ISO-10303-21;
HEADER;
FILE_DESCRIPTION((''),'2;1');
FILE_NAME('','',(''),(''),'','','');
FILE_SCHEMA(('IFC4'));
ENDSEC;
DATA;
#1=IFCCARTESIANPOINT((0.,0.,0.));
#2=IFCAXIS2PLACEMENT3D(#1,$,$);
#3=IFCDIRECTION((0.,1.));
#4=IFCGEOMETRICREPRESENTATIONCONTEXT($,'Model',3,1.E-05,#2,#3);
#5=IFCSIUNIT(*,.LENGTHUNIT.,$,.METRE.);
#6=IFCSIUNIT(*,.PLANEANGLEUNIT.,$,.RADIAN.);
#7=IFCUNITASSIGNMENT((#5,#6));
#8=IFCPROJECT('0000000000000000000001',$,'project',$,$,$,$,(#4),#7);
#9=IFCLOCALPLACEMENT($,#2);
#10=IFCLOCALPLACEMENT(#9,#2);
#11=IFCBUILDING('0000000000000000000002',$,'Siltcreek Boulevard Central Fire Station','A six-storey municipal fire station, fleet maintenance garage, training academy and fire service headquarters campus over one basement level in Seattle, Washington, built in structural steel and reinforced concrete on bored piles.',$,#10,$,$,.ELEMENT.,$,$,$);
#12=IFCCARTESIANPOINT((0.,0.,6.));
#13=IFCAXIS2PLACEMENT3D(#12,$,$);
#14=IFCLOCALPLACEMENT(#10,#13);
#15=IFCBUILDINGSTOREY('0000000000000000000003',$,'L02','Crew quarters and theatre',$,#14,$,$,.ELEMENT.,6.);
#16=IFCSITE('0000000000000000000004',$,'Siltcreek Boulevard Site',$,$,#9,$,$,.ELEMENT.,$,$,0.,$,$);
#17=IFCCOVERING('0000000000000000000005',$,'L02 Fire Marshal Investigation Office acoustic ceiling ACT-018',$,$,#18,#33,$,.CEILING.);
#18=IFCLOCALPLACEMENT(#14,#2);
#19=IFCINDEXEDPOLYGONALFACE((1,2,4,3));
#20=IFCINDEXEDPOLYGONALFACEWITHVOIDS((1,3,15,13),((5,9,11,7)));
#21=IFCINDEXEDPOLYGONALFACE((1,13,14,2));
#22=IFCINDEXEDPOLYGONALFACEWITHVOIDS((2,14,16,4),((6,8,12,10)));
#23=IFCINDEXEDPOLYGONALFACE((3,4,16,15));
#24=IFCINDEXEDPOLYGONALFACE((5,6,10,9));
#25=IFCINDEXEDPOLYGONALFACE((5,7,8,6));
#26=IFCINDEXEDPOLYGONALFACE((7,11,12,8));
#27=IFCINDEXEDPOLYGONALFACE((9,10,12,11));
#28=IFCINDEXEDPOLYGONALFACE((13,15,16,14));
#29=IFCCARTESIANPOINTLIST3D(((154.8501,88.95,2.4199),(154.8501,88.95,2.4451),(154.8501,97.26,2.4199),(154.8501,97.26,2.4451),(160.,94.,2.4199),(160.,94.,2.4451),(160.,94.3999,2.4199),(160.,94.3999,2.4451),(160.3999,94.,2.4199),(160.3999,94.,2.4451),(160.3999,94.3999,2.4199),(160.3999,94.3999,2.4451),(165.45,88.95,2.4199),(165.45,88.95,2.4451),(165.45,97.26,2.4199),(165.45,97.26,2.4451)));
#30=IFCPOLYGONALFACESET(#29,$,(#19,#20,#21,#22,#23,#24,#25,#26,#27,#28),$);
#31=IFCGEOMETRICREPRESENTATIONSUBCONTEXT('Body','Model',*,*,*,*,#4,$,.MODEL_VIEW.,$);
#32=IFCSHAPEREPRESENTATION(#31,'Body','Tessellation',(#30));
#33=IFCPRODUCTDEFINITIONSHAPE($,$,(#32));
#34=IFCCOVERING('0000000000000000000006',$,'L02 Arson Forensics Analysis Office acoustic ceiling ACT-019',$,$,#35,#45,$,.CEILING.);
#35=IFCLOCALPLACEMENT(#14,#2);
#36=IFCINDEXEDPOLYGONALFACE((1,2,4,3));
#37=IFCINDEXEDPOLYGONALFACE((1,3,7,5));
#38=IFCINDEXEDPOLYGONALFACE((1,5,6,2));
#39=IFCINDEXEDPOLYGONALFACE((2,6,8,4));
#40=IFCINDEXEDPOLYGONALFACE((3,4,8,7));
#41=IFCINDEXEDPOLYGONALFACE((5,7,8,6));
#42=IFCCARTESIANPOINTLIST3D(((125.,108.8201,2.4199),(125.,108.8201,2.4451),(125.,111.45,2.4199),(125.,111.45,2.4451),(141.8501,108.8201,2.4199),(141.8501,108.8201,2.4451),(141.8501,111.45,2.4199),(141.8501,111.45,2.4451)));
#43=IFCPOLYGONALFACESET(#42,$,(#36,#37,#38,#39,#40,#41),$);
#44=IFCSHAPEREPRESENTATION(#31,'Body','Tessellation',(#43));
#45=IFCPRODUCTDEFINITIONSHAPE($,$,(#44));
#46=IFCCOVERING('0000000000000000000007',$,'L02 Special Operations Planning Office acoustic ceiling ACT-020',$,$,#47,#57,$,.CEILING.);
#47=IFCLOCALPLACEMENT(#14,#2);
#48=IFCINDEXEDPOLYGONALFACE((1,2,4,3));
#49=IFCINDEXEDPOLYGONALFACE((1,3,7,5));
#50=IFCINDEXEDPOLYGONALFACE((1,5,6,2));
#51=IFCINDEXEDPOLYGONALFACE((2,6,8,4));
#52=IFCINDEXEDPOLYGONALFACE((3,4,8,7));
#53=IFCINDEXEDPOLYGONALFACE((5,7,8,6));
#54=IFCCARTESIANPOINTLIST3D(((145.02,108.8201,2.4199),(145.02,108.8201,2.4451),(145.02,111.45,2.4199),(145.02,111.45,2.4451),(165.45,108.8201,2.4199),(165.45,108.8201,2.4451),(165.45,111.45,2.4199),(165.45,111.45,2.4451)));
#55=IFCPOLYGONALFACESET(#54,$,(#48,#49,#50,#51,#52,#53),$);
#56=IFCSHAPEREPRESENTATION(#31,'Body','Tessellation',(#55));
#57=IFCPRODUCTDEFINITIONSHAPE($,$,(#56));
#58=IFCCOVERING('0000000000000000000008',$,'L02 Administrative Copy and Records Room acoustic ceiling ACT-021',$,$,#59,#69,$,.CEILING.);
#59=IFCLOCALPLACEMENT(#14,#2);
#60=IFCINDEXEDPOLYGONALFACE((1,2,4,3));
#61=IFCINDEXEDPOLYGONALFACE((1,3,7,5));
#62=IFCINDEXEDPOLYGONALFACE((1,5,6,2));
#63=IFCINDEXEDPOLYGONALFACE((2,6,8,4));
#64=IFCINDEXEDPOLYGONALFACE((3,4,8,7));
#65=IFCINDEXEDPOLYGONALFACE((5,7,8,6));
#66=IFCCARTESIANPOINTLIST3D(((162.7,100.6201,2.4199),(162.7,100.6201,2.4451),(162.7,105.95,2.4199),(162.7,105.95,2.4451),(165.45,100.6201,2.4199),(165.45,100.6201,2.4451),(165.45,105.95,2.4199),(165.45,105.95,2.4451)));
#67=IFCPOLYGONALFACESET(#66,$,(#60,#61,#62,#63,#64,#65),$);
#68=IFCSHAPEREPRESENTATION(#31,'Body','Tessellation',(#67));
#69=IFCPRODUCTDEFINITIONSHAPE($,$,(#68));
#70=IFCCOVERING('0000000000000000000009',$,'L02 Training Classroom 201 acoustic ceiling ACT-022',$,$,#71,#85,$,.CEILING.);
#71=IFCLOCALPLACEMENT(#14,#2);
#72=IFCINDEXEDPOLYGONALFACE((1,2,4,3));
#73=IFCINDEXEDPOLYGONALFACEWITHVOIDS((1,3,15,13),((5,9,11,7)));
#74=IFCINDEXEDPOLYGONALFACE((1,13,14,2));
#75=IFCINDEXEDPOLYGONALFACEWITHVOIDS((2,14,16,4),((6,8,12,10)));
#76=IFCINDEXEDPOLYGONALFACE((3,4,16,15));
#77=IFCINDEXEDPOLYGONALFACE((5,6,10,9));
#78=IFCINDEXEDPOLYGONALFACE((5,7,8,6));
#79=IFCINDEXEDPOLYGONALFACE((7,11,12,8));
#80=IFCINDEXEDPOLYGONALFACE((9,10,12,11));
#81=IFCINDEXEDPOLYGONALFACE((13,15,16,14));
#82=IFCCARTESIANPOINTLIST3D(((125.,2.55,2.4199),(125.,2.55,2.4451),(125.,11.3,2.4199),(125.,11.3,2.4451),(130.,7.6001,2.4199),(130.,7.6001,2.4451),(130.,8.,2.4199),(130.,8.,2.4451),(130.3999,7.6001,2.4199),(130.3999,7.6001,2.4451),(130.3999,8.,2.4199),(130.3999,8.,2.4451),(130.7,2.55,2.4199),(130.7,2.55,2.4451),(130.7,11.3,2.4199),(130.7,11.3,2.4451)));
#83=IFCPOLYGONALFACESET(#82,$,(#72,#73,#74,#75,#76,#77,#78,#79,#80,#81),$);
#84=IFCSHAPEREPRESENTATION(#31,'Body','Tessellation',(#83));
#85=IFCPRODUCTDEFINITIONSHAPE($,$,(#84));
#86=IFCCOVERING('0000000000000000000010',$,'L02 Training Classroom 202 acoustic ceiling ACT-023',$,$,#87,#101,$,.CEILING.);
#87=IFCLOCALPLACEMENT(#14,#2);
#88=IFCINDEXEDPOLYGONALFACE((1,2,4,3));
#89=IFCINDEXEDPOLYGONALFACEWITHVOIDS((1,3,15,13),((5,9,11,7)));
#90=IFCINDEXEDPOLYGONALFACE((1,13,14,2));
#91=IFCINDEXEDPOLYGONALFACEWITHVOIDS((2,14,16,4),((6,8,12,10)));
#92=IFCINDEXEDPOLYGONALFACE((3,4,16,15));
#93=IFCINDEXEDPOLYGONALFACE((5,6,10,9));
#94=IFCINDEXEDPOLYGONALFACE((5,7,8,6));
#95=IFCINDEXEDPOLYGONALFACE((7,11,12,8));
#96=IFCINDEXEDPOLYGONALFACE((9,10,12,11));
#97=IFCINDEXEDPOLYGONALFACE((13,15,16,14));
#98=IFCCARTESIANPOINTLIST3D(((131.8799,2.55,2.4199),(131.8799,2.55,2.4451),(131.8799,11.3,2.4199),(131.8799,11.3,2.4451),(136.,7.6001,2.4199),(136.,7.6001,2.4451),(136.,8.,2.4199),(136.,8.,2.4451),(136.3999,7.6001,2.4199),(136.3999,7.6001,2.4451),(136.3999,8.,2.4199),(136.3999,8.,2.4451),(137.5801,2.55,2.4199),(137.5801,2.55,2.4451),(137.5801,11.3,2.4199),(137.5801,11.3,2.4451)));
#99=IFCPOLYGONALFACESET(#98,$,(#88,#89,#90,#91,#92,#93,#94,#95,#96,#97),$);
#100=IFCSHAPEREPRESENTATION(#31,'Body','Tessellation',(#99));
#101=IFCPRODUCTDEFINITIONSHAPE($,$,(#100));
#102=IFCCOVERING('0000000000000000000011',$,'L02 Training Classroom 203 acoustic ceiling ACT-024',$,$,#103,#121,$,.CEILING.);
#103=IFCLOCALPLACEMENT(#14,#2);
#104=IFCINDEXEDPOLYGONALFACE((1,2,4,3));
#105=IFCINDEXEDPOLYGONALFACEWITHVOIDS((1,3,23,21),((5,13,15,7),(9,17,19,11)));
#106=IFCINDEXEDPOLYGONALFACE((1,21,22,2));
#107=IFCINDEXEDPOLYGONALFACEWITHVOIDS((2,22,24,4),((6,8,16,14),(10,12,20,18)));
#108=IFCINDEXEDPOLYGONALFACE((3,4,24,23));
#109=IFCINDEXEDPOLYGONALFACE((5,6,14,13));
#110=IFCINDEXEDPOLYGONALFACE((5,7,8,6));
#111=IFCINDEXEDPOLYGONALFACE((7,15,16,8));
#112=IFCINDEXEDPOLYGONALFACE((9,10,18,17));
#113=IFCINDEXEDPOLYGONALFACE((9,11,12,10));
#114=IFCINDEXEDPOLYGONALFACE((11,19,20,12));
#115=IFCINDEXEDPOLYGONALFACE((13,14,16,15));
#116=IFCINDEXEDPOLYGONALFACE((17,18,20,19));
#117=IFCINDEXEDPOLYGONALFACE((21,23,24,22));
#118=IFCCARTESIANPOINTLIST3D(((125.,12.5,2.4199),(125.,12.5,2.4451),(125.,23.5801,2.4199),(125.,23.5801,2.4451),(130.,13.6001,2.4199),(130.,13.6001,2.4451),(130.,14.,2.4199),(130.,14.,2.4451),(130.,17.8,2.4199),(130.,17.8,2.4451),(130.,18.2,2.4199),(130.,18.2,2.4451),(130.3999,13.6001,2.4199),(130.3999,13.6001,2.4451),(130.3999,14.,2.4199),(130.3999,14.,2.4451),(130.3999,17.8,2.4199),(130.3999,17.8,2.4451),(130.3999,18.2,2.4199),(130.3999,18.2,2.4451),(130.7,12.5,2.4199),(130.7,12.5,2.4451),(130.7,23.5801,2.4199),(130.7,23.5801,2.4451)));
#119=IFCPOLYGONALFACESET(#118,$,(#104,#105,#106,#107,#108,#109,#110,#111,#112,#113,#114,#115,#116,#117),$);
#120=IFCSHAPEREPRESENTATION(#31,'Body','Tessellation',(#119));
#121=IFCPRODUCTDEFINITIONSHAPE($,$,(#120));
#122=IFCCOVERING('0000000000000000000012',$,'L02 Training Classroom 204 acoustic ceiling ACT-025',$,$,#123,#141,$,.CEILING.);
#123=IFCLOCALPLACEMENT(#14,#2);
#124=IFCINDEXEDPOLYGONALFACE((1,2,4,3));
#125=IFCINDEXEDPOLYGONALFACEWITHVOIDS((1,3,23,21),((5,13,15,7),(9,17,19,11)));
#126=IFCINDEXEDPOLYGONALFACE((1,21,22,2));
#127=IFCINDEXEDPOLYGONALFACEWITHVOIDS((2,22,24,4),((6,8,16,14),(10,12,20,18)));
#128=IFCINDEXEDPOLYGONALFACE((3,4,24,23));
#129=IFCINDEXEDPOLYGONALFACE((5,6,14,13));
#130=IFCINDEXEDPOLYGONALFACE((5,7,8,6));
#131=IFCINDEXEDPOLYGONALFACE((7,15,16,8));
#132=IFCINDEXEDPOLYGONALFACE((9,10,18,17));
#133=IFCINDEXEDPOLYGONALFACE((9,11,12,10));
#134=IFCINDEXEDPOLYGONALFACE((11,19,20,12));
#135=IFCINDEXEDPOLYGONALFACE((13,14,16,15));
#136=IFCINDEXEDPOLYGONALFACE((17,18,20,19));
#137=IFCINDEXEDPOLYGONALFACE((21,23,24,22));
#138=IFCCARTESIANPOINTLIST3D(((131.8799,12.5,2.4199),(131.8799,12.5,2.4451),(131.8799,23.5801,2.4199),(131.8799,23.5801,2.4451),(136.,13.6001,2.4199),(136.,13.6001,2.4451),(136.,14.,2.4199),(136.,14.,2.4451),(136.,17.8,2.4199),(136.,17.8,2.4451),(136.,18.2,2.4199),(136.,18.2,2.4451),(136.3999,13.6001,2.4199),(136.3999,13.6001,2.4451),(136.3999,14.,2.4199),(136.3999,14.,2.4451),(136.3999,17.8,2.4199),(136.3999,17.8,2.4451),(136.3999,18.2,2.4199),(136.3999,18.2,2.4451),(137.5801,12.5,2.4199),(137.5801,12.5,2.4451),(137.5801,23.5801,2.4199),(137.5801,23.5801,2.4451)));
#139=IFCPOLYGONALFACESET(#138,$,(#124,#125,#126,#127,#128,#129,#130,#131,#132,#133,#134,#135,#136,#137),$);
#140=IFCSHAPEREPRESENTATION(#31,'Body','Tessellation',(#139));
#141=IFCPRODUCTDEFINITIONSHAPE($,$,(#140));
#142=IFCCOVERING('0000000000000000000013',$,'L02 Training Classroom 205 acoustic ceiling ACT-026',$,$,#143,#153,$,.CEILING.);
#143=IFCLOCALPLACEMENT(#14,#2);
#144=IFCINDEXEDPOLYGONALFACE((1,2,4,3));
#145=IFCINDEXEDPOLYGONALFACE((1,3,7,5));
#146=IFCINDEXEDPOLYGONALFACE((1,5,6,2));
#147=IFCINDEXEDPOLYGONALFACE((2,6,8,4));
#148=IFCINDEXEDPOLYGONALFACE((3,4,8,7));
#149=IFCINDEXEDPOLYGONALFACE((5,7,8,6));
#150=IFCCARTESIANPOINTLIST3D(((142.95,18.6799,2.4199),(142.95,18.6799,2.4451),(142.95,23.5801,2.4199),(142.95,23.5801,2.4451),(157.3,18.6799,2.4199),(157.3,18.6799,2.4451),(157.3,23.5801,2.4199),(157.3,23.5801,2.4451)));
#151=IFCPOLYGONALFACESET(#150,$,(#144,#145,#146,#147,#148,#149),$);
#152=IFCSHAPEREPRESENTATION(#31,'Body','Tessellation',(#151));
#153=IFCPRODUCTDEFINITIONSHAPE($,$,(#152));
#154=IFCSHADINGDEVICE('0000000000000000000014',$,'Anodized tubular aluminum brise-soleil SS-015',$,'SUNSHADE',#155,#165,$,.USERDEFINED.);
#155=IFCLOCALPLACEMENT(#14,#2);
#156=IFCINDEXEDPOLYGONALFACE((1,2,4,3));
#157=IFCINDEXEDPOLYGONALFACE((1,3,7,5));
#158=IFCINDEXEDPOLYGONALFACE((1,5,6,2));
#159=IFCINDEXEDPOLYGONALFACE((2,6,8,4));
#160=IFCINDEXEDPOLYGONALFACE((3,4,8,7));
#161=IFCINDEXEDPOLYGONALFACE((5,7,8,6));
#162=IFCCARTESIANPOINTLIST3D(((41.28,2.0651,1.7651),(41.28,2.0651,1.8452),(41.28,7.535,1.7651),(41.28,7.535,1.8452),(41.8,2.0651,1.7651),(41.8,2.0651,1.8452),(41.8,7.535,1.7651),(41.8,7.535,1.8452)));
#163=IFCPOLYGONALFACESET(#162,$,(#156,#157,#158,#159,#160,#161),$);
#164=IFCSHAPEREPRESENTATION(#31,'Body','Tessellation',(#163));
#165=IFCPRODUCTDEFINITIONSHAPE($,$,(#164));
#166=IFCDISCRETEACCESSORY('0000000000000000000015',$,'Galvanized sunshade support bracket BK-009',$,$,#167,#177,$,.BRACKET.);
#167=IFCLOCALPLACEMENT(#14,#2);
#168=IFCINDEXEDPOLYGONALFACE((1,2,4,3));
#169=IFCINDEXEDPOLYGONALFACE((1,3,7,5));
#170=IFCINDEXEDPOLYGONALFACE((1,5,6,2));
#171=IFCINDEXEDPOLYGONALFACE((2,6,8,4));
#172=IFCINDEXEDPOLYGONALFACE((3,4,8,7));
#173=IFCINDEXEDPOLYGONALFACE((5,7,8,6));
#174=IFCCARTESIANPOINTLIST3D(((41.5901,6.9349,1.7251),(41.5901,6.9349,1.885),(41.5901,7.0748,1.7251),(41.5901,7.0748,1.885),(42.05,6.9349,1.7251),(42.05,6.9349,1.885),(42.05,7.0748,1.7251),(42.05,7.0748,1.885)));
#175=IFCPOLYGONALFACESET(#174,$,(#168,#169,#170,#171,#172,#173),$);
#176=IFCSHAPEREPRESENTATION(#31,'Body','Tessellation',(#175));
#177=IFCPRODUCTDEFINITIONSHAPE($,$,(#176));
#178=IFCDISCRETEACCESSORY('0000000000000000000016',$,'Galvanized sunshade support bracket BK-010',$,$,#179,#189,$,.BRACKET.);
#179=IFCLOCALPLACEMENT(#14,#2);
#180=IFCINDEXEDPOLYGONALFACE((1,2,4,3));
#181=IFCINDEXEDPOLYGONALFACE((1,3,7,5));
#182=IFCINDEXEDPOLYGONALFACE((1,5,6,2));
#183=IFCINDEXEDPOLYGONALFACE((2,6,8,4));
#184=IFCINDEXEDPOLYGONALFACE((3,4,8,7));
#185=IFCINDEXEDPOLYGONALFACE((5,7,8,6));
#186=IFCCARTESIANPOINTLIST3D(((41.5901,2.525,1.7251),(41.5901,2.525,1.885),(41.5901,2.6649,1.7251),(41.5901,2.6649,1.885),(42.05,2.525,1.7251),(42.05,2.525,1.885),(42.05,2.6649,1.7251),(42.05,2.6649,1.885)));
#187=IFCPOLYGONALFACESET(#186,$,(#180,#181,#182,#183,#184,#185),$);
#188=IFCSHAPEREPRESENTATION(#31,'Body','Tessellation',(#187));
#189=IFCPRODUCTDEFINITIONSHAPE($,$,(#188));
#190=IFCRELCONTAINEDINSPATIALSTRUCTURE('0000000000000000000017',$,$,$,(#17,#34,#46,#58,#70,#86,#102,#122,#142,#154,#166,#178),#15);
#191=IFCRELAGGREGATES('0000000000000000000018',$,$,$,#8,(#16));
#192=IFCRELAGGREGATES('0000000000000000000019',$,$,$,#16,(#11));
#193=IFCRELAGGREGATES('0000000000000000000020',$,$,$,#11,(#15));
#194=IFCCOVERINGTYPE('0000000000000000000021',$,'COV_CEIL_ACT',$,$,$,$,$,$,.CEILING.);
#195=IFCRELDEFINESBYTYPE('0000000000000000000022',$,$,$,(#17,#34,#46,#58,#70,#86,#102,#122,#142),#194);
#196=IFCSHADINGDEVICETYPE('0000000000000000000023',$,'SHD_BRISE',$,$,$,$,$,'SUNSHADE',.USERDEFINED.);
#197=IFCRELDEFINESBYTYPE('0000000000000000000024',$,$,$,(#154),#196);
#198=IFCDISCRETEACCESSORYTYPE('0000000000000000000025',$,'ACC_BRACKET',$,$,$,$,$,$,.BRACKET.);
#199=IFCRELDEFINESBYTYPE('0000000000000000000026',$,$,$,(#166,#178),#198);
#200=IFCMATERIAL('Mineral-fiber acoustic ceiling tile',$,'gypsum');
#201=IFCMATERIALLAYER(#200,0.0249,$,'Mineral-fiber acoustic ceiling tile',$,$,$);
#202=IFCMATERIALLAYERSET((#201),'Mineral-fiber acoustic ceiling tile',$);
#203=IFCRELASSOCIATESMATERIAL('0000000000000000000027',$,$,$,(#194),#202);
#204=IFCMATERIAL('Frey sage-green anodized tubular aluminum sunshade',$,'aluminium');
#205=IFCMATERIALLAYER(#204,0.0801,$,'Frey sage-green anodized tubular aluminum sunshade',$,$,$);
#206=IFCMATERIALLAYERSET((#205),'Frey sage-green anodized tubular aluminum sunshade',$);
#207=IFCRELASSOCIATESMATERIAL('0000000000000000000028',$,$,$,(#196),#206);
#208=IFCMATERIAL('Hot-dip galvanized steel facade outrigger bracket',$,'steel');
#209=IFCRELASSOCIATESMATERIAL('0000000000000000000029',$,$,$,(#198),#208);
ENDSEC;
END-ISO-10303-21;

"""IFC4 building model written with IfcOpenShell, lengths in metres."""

from ifc_helpers import new_model, si_unit, direction, frame, origin, origin_2d, place, context, subcontext, project, spatial, polyline, rectangle, outline, extrude, material, layer, layer_set, type_object, element, save


model = new_model("IFC4")

# Units and contexts
model_context = context("Model", 3, precision=1e-05, world=origin(), true_north=direction((0.0, 1.0)))
body_context = subcontext(model_context, "Body", "Model", "MODEL_VIEW")
ifc_project = project(units=[si_unit("LENGTHUNIT", "METRE"), si_unit("PLANEANGLEUNIT", "RADIAN")], contexts=[model_context])

# Site, building, storey
site_placement = place(None, origin())
site = spatial("IfcSite", under=ifc_project, at=site_placement, Name="Siltcreek Boulevard Site", CompositionType="ELEMENT", RefElevation=0.0)
building_placement = place(site_placement, origin())
building = spatial("IfcBuilding", under=site, at=building_placement, Name="Siltcreek Boulevard Central Fire Station", Description="A six-storey municipal fire station, fleet maintenance garage, training academy and fire service headquarters campus over one basement level in Seattle, Washington, built in structural steel and reinforced concrete on bored piles.", CompositionType="ELEMENT")
storey_placement = place(building_placement, frame((0.0, 0.0, 6.0)))
storey = spatial("IfcBuildingStorey", under=building, at=storey_placement, Name="L02", Description="Crew quarters and theatre", CompositionType="ELEMENT", Elevation=6.0)

# Coverings
ifc_material_1 = material(Name="Mineral-fiber acoustic ceiling tile", Category="gypsum")
ifc_layer_1 = layer(ifc_material_1, 0.0249, Name="Mineral-fiber acoustic ceiling tile")
ifc_layer_set_1 = layer_set([ifc_layer_1], Name="Mineral-fiber acoustic ceiling tile")
covering_type = type_object("IfcCoveringType", Name="COV_CEIL_ACT", PredefinedType="CEILING", material=ifc_layer_set_1)
covering_1_placement = place(storey_placement, frame((0.0, 0.0, 2.4199)))
element("IfcCovering", 1, at=covering_1_placement, inside=storey, type_object=covering_type, Name="L02 Fire Marshal Investigation Office acoustic ceiling ACT-018", PredefinedType="CEILING", context=body_context, shape_type="SweptSolid", body=[
    extrude(outline(polyline([(154.8501, 88.95), (165.45, 88.95), (165.45, 97.26), (154.8501, 97.26), (154.8501, 88.95)]), holes=[polyline([(160.0, 94.0), (160.3999, 94.0), (160.3999, 94.3999), (160.0, 94.3999), (160.0, 94.0)])]), origin(), (0.0, 0.0, 1.0), 0.0251),
])
covering_2_placement = place(storey_placement, frame((0.0, 0.0, 2.4199)))
element("IfcCovering", 2, at=covering_2_placement, inside=storey, type_object=covering_type, Name="L02 Arson Forensics Analysis Office acoustic ceiling ACT-019", PredefinedType="CEILING", context=body_context, shape_type="SweptSolid", body=[
    extrude(outline(polyline([(125.0, 108.8201), (141.8501, 108.8201), (141.8501, 111.45), (125.0, 111.45), (125.0, 108.8201)])), origin(), (0.0, 0.0, 1.0), 0.0251),
])
covering_3_placement = place(storey_placement, frame((0.0, 0.0, 2.4199)))
element("IfcCovering", 3, at=covering_3_placement, inside=storey, type_object=covering_type, Name="L02 Special Operations Planning Office acoustic ceiling ACT-020", PredefinedType="CEILING", context=body_context, shape_type="SweptSolid", body=[
    extrude(outline(polyline([(145.02, 108.8201), (165.45, 108.8201), (165.45, 111.45), (145.02, 111.45), (145.02, 108.8201)])), origin(), (0.0, 0.0, 1.0), 0.0251),
])
covering_4_placement = place(storey_placement, frame((0.0, 0.0, 2.4199)))
element("IfcCovering", 4, at=covering_4_placement, inside=storey, type_object=covering_type, Name="L02 Administrative Copy and Records Room acoustic ceiling ACT-021", PredefinedType="CEILING", context=body_context, shape_type="SweptSolid", body=[
    extrude(outline(polyline([(162.7, 100.6201), (165.45, 100.6201), (165.45, 105.95), (162.7, 105.95), (162.7, 100.6201)])), origin(), (0.0, 0.0, 1.0), 0.0251),
])
covering_5_placement = place(storey_placement, frame((0.0, 0.0, 2.4199)))
element("IfcCovering", 5, at=covering_5_placement, inside=storey, type_object=covering_type, Name="L02 Training Classroom 201 acoustic ceiling ACT-022", PredefinedType="CEILING", context=body_context, shape_type="SweptSolid", body=[
    extrude(outline(polyline([(125.0, 2.55), (130.7, 2.55), (130.7, 11.3), (125.0, 11.3), (125.0, 2.55)]), holes=[polyline([(130.0, 7.6001), (130.3999, 7.6001), (130.3999, 8.0), (130.0, 8.0), (130.0, 7.6001)])]), origin(), (0.0, 0.0, 1.0), 0.0251),
])
covering_6_placement = place(storey_placement, frame((0.0, 0.0, 2.4199)))
element("IfcCovering", 6, at=covering_6_placement, inside=storey, type_object=covering_type, Name="L02 Training Classroom 202 acoustic ceiling ACT-023", PredefinedType="CEILING", context=body_context, shape_type="SweptSolid", body=[
    extrude(outline(polyline([(131.8799, 2.55), (137.5801, 2.55), (137.5801, 11.3), (131.8799, 11.3), (131.8799, 2.55)]), holes=[polyline([(136.0, 7.6001), (136.3999, 7.6001), (136.3999, 8.0), (136.0, 8.0), (136.0, 7.6001)])]), origin(), (0.0, 0.0, 1.0), 0.0251),
])
covering_7_placement = place(storey_placement, frame((0.0, 0.0, 2.4199)))
element("IfcCovering", 7, at=covering_7_placement, inside=storey, type_object=covering_type, Name="L02 Training Classroom 203 acoustic ceiling ACT-024", PredefinedType="CEILING", context=body_context, shape_type="SweptSolid", body=[
    extrude(outline(polyline([(125.0, 12.5), (130.7, 12.5), (130.7, 23.5801), (125.0, 23.5801), (125.0, 12.5)]), holes=[polyline([(130.0, 13.6001), (130.3999, 13.6001), (130.3999, 14.0), (130.0, 14.0), (130.0, 13.6001)]), polyline([(130.0, 17.8), (130.3999, 17.8), (130.3999, 18.2), (130.0, 18.2), (130.0, 17.8)])]), origin(), (0.0, 0.0, 1.0), 0.0251),
])
covering_8_placement = place(storey_placement, frame((0.0, 0.0, 2.4199)))
element("IfcCovering", 8, at=covering_8_placement, inside=storey, type_object=covering_type, Name="L02 Training Classroom 204 acoustic ceiling ACT-025", PredefinedType="CEILING", context=body_context, shape_type="SweptSolid", body=[
    extrude(outline(polyline([(131.8799, 12.5), (137.5801, 12.5), (137.5801, 23.5801), (131.8799, 23.5801), (131.8799, 12.5)]), holes=[polyline([(136.0, 13.6001), (136.3999, 13.6001), (136.3999, 14.0), (136.0, 14.0), (136.0, 13.6001)]), polyline([(136.0, 17.8), (136.3999, 17.8), (136.3999, 18.2), (136.0, 18.2), (136.0, 17.8)])]), origin(), (0.0, 0.0, 1.0), 0.0251),
])
covering_9_placement = place(storey_placement, frame((0.0, 0.0, 2.4199)))
element("IfcCovering", 9, at=covering_9_placement, inside=storey, type_object=covering_type, Name="L02 Training Classroom 205 acoustic ceiling ACT-026", PredefinedType="CEILING", context=body_context, shape_type="SweptSolid", body=[
    extrude(outline(polyline([(142.95, 18.6799), (157.3, 18.6799), (157.3, 23.5801), (142.95, 23.5801), (142.95, 18.6799)])), origin(), (0.0, 0.0, 1.0), 0.0251),
])

# Shading device
ifc_material_2 = material(Name="Frey sage-green anodized tubular aluminum sunshade", Category="aluminium")
ifc_layer_2 = layer(ifc_material_2, 0.0801, Name="Frey sage-green anodized tubular aluminum sunshade")
ifc_layer_set_2 = layer_set([ifc_layer_2], Name="Frey sage-green anodized tubular aluminum sunshade")
shading_device_type = type_object("IfcShadingDeviceType", Name="SHD_BRISE", ElementType="SUNSHADE", PredefinedType="USERDEFINED", material=ifc_layer_set_2)
shading_device_placement = place(storey_placement, frame((41.54, 4.8, 1.7651), z_axis=(0.0, 0.0, 1.0), x_axis=(0.0, -1.0, 0.0)))
element("IfcShadingDevice", 10, at=shading_device_placement, inside=storey, type_object=shading_device_type, Name="Anodized tubular aluminum brise-soleil SS-015", ObjectType="SUNSHADE", PredefinedType="USERDEFINED", context=body_context, shape_type="SweptSolid", body=[
    extrude(rectangle(XDim=5.47, YDim=0.52, at=origin_2d()), origin(), (0.0, 0.0, 1.0), 0.0801),
])

# Discrete accessories
ifc_material_3 = material(Name="Hot-dip galvanized steel facade outrigger bracket", Category="steel")
discrete_accessory_type = type_object("IfcDiscreteAccessoryType", Name="ACC_BRACKET", PredefinedType="BRACKET", material=ifc_material_3)
for number, where, z_axis, x_axis, name in (
    (11, (41.8201, 7.0049, 1.7251), (0.0, 0.0, 1.0), (0.0, -1.0, 0.0), "Galvanized sunshade support bracket BK-009"),
    (12, (41.8201, 2.595, 1.7251), (0.0, 0.0, 1.0), (0.0, -1.0, 0.0), "Galvanized sunshade support bracket BK-010"),
):
    element("IfcDiscreteAccessory", number, at=place(storey_placement, frame(where, z_axis=z_axis, x_axis=x_axis)), inside=storey, type_object=discrete_accessory_type, Name=name, PredefinedType="BRACKET", context=body_context, shape_type="SweptSolid", body=[
        extrude(rectangle(XDim=0.1399, YDim=0.46, at=origin_2d()), origin(), (0.0, 0.0, 1.0), 0.1599),
    ])

save(model, "model.ifc")
